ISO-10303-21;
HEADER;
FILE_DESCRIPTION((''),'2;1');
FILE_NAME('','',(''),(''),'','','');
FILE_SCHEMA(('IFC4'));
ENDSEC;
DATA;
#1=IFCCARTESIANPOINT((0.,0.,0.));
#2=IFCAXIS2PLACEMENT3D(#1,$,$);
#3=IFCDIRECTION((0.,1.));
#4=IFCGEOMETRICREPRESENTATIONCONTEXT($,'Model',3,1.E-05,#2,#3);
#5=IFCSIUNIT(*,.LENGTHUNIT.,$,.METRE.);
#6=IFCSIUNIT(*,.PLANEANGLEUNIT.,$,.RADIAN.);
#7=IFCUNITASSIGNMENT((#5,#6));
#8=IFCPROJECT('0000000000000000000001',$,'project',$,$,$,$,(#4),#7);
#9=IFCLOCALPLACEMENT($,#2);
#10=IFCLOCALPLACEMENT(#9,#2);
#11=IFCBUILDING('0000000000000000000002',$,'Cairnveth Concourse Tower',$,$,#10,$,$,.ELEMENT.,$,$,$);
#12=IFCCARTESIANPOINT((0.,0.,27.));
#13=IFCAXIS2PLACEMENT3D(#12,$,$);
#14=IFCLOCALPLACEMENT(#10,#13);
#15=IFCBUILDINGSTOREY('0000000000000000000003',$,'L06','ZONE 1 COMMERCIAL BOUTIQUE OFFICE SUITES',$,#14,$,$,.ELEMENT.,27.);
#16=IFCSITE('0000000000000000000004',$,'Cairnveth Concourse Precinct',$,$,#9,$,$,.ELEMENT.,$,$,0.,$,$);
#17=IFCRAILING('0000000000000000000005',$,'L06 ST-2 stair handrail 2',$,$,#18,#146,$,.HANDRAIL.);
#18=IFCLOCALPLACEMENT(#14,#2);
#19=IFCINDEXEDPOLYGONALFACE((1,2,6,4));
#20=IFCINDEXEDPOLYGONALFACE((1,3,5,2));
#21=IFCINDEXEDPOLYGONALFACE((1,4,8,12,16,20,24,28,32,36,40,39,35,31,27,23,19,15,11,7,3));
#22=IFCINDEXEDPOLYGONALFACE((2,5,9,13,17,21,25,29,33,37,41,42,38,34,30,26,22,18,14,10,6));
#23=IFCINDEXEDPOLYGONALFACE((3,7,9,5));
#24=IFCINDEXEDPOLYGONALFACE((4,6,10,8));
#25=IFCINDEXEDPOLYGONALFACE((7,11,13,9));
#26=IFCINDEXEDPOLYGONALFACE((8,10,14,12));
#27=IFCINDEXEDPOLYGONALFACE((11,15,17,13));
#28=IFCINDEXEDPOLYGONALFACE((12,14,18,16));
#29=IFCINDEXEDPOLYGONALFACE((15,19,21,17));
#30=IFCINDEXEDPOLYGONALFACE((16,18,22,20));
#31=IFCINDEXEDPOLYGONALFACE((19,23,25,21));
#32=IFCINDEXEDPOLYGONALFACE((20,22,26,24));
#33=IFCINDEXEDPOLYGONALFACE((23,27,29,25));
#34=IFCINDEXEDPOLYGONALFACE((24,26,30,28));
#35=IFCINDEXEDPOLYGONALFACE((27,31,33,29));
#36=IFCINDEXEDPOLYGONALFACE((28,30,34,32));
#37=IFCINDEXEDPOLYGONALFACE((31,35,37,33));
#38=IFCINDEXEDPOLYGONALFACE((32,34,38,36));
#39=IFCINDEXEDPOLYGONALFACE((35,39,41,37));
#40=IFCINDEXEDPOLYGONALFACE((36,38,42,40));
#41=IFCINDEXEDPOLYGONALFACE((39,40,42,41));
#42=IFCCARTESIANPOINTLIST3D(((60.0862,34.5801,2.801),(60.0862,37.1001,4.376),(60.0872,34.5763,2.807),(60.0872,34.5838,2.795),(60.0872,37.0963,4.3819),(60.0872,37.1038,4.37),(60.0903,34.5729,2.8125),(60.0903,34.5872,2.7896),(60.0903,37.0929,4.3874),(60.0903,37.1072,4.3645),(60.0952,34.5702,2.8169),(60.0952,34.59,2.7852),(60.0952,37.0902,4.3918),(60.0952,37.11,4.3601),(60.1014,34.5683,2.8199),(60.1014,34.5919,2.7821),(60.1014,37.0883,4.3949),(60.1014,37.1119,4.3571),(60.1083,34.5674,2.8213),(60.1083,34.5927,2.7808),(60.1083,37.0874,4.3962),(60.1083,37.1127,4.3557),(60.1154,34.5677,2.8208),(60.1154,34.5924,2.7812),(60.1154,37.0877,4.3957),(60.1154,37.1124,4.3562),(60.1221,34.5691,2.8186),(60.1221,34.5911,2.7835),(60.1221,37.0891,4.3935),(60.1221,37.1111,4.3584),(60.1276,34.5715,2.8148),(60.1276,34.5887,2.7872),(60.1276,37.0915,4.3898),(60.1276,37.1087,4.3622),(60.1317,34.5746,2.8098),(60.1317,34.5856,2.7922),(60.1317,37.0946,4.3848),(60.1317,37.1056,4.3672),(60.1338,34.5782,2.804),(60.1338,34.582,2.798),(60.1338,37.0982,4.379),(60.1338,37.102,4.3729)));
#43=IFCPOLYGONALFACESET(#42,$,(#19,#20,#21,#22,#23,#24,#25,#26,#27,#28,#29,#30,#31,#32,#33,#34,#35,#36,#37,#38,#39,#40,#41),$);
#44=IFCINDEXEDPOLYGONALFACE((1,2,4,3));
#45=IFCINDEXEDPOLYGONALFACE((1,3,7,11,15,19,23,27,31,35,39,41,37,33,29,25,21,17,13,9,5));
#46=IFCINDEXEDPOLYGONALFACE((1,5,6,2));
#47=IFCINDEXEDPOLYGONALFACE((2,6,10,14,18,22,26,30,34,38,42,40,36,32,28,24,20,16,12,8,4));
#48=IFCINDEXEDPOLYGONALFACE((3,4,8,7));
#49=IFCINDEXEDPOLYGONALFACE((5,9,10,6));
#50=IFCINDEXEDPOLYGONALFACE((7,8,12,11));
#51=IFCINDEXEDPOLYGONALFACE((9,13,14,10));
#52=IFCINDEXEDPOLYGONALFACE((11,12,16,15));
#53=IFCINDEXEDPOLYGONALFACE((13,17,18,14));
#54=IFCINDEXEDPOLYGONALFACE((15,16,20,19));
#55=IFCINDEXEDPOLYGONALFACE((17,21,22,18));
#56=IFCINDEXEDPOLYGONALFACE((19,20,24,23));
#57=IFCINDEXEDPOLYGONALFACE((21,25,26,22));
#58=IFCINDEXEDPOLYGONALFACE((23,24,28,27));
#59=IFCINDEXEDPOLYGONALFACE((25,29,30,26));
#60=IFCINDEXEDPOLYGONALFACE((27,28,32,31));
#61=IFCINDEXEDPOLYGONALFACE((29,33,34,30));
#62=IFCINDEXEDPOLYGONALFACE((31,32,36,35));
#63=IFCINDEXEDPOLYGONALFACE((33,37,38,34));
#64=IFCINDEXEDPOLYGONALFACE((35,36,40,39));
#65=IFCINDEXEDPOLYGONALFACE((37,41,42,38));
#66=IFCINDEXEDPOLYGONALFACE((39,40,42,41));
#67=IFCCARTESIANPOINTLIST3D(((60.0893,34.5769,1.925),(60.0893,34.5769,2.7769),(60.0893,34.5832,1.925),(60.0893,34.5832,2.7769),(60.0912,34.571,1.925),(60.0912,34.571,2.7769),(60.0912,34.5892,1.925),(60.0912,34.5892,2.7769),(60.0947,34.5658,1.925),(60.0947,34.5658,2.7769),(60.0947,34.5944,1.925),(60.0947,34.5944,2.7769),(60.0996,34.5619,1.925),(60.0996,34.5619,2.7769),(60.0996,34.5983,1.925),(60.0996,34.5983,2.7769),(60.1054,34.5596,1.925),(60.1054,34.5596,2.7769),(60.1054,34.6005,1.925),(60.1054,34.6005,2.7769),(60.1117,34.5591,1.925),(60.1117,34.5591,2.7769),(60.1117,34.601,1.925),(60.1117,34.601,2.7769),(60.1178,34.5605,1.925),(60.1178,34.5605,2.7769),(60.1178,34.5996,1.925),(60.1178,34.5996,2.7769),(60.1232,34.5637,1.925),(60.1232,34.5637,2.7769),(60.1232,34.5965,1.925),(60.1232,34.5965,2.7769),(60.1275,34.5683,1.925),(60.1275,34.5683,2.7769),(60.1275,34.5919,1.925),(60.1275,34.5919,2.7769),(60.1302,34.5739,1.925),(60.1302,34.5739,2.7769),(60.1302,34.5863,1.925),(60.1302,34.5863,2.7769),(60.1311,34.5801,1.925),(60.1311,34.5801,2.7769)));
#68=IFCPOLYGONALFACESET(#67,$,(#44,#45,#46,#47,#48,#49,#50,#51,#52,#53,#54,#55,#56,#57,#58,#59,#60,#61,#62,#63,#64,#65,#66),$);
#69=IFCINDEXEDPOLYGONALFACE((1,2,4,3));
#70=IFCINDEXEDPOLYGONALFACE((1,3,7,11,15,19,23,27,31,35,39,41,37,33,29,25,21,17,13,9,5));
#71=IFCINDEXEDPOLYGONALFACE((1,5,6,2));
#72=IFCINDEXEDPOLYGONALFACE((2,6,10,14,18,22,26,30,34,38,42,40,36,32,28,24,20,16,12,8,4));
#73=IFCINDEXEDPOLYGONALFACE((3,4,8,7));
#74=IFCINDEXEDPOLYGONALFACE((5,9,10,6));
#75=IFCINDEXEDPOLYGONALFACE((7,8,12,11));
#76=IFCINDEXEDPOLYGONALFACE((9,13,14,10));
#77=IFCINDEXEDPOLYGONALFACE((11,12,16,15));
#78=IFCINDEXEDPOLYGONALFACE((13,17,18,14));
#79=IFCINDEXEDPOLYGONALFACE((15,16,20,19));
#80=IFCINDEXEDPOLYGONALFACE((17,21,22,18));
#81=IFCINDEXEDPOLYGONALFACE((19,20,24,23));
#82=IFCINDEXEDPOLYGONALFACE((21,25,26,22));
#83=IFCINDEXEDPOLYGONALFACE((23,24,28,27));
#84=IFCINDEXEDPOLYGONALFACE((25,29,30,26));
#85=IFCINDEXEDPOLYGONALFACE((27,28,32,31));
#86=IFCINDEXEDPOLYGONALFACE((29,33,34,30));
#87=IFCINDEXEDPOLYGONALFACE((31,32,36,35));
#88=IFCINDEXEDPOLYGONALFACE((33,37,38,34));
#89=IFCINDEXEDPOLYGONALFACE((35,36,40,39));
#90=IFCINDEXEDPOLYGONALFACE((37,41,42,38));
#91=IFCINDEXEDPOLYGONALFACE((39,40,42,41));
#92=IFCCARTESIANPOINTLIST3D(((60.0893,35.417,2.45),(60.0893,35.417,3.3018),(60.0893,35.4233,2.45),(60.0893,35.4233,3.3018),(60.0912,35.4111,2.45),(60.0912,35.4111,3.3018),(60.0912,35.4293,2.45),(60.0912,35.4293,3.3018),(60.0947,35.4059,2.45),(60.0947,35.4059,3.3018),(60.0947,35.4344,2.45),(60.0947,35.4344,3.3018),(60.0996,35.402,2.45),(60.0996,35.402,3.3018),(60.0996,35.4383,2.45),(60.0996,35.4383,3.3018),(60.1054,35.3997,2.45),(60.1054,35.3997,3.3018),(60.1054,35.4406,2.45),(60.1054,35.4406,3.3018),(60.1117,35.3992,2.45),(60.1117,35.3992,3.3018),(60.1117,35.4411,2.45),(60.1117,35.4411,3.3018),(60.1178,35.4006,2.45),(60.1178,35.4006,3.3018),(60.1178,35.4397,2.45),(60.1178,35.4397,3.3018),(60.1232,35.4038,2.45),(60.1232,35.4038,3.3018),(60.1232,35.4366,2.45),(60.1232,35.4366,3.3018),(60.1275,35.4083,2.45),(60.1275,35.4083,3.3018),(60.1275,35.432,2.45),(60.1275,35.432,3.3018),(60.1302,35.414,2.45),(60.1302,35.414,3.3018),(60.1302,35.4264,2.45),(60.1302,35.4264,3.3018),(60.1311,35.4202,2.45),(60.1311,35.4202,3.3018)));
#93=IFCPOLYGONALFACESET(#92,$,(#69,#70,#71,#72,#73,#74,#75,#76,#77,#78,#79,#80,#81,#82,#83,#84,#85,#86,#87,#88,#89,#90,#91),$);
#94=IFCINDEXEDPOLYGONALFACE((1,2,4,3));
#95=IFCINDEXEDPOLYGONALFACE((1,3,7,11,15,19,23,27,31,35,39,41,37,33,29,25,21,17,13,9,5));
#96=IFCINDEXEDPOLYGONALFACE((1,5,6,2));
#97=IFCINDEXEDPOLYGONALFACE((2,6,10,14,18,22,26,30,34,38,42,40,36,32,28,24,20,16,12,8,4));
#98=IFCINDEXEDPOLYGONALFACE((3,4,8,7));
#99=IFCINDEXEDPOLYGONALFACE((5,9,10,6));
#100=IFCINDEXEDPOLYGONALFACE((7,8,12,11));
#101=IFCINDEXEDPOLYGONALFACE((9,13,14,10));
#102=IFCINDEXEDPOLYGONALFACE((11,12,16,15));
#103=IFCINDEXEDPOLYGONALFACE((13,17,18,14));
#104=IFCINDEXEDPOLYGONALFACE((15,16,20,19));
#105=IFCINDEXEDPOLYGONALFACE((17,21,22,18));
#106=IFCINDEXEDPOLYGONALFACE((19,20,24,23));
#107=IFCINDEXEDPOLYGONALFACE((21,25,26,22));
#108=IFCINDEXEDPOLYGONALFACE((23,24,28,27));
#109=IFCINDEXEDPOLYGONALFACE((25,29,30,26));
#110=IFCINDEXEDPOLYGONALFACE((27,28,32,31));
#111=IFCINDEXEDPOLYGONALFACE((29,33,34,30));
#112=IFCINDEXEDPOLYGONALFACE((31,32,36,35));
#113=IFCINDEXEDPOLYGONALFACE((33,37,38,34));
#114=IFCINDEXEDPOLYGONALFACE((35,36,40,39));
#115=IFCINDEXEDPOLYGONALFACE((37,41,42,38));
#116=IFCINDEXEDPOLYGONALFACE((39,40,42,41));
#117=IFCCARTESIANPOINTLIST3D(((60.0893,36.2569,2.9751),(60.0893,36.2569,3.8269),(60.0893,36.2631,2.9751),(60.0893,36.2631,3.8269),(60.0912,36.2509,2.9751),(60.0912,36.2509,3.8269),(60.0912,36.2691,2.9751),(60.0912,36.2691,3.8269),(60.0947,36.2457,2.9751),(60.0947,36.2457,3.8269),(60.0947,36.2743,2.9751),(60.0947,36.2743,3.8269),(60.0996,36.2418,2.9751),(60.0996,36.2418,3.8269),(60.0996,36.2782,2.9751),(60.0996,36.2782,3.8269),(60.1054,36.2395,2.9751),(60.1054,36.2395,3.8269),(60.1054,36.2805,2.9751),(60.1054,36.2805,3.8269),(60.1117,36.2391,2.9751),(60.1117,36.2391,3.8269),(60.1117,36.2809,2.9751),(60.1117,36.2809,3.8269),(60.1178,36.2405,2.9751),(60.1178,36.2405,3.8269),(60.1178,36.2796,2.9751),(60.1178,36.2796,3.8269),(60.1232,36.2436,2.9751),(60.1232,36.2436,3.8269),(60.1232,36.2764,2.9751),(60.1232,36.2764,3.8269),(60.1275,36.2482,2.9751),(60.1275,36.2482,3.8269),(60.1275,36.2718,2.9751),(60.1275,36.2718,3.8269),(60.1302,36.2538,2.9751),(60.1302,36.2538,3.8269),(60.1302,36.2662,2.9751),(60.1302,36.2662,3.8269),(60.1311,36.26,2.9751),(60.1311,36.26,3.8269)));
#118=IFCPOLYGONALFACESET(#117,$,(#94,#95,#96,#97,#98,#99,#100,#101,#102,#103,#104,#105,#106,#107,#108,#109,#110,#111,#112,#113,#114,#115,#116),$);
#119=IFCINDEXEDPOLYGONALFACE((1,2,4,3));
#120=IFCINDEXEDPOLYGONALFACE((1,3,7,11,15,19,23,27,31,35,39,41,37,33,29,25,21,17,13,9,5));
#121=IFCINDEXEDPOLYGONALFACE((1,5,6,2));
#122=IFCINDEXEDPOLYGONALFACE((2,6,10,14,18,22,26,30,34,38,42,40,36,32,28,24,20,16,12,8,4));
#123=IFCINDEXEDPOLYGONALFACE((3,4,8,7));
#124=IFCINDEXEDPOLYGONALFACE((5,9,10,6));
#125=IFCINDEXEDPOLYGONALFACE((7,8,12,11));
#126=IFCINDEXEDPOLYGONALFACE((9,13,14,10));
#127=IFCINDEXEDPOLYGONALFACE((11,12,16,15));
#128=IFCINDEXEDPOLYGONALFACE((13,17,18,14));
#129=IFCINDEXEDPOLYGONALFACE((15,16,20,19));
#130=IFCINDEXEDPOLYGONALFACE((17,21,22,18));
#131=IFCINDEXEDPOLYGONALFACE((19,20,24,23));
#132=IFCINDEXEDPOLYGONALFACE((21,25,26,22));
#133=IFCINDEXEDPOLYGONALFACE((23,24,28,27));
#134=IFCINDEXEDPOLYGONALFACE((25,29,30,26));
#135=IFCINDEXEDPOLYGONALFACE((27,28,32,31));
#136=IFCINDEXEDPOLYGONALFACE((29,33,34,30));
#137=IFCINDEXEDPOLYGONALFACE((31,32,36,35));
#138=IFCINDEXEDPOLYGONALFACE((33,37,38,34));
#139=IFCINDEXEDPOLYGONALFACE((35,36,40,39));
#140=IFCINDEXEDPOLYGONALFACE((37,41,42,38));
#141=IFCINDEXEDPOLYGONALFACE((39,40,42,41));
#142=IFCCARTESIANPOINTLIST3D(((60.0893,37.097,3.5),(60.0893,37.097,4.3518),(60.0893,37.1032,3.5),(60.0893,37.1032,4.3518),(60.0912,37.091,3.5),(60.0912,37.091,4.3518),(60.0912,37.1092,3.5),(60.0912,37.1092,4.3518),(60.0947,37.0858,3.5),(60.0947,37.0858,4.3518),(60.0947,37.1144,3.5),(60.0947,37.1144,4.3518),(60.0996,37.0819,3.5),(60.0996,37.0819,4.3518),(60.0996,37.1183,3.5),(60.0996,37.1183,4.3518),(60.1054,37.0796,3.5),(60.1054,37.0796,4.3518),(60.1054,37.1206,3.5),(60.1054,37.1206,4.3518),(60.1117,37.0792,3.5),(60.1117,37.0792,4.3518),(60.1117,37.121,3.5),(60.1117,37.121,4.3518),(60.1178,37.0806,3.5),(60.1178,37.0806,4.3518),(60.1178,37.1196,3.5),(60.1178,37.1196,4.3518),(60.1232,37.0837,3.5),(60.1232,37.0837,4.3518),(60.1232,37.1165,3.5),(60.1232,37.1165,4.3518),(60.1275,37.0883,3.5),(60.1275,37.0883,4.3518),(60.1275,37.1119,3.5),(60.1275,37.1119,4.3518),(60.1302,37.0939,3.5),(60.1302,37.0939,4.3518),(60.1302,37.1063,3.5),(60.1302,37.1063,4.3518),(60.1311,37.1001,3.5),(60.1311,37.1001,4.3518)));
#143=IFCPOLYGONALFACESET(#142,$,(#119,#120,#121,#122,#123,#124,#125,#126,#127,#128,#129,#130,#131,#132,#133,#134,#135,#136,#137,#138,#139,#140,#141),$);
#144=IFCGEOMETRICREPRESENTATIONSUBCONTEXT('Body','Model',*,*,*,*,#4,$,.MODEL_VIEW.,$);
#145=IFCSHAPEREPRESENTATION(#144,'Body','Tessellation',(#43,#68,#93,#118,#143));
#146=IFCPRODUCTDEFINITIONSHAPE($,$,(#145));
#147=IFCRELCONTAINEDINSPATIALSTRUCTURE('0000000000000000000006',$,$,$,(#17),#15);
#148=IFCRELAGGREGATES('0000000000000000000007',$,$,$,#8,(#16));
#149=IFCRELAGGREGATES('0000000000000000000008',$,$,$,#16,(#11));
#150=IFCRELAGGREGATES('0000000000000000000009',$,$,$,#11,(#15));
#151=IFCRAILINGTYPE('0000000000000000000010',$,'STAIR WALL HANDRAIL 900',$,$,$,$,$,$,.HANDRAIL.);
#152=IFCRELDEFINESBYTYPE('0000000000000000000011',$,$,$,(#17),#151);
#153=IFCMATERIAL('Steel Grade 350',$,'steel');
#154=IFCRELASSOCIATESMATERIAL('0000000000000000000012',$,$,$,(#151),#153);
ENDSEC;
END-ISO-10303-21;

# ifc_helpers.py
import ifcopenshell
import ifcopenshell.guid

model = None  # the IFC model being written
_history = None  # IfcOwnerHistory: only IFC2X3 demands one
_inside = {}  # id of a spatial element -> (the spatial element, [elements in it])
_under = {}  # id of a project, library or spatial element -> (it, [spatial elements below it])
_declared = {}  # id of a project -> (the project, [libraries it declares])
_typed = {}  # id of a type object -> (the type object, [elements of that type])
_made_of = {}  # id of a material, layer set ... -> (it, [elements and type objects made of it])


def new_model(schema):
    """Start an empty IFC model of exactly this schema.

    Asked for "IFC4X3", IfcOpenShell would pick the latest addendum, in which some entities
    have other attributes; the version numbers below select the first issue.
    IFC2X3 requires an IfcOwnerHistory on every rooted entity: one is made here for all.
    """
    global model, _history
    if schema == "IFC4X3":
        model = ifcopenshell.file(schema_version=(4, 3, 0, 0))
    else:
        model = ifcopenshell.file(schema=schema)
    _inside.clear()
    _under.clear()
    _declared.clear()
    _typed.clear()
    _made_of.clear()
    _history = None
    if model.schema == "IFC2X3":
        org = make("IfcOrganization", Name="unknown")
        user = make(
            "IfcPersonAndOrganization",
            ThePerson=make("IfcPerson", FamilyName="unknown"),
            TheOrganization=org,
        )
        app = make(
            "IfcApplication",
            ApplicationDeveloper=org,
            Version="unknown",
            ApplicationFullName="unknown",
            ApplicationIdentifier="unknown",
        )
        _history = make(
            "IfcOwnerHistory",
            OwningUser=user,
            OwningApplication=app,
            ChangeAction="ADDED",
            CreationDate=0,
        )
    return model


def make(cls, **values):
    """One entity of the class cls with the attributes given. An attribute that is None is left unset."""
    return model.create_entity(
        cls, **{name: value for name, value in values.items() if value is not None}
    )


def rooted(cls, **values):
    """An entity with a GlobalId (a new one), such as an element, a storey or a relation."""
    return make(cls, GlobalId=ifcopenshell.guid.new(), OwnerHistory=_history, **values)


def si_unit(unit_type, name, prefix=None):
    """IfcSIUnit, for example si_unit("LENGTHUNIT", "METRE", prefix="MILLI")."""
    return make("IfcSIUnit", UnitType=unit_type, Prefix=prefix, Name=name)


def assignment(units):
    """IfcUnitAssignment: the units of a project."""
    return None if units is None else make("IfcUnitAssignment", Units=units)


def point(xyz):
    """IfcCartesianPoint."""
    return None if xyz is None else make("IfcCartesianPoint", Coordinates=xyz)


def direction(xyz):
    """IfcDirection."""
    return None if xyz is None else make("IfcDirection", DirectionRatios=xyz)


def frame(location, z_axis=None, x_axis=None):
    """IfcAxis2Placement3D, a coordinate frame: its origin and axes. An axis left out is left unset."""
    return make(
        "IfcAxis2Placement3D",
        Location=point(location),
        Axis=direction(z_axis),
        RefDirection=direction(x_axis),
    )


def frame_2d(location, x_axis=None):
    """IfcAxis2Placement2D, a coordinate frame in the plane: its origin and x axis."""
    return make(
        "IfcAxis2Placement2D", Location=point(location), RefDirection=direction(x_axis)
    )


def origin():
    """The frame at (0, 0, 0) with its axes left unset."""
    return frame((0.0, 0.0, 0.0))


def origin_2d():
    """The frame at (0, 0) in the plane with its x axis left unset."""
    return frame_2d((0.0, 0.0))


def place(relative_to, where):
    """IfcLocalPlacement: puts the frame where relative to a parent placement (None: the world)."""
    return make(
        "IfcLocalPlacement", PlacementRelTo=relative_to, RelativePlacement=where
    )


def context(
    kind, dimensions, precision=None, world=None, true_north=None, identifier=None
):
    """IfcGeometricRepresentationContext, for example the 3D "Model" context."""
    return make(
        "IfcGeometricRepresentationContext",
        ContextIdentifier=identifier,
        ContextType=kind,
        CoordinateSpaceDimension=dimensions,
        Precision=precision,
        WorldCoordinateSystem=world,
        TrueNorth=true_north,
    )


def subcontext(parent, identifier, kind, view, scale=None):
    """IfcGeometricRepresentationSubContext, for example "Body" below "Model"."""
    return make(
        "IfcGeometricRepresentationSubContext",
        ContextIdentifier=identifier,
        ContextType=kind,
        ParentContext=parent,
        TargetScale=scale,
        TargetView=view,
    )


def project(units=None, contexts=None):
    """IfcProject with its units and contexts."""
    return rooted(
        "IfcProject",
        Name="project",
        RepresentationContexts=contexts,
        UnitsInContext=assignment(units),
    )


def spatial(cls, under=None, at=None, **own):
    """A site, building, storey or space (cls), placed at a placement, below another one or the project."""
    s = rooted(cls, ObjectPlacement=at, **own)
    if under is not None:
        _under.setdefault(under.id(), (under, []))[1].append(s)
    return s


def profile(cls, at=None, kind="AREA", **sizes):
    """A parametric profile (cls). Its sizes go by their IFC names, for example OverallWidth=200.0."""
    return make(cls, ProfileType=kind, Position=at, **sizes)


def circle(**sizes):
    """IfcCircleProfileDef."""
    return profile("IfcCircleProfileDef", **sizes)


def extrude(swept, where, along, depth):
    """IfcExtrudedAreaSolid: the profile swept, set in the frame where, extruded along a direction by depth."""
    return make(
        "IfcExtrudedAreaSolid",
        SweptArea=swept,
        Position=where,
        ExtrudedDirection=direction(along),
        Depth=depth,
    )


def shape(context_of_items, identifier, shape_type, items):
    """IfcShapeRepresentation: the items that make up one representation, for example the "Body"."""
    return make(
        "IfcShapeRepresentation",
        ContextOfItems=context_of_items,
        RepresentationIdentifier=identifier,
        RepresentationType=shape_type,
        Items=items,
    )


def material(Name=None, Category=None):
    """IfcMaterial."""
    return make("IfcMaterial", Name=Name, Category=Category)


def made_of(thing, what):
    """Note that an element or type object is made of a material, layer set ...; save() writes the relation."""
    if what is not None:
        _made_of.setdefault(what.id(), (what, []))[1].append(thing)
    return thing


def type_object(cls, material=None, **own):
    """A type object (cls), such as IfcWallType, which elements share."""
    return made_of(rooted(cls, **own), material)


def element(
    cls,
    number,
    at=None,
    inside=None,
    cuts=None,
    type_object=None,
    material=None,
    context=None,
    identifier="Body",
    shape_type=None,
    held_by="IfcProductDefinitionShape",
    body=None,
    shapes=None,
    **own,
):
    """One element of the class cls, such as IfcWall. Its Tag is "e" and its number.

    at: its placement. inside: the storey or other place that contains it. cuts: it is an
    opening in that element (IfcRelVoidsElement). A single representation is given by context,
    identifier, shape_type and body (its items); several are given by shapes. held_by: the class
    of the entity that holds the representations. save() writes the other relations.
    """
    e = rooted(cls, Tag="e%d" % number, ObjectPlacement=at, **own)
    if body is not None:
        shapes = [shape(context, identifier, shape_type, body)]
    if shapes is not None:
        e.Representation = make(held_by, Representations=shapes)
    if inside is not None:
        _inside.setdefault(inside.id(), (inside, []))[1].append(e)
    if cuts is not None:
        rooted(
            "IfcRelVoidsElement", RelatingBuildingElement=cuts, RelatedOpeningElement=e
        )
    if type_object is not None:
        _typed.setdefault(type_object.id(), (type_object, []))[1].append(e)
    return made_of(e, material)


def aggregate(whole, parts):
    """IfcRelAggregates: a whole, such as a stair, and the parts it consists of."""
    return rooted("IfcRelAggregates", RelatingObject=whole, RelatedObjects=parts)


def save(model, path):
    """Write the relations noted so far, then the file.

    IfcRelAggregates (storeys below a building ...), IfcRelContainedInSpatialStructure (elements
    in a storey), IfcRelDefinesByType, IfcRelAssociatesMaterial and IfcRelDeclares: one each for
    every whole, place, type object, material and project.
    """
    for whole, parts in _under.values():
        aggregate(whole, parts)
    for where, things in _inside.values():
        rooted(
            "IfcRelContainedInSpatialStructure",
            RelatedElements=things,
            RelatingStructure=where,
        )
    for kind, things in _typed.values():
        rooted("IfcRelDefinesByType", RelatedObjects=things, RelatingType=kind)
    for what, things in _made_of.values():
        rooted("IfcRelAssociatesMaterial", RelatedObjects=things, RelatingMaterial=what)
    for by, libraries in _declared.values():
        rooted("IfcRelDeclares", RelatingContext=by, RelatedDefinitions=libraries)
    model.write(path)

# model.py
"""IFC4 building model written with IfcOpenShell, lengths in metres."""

from ifc_helpers import new_model, si_unit, direction, frame, origin, origin_2d, place, context, subcontext, project, spatial, circle, extrude, material, type_object, element, save


model = new_model("IFC4")

# Units and contexts
model_context = context("Model", 3, precision=1e-05, world=origin(), true_north=direction((0.0, 1.0)))
body_context = subcontext(model_context, "Body", "Model", "MODEL_VIEW")
ifc_project = project(units=[si_unit("LENGTHUNIT", "METRE"), si_unit("PLANEANGLEUNIT", "RADIAN")], contexts=[model_context])

# Site, building, storey
site_placement = place(None, origin())
site = spatial("IfcSite", under=ifc_project, at=site_placement, Name="Cairnveth Concourse Precinct", CompositionType="ELEMENT", RefElevation=0.0)
building_placement = place(site_placement, origin())
building = spatial("IfcBuilding", under=site, at=building_placement, Name="Cairnveth Concourse Tower", CompositionType="ELEMENT")
storey_placement = place(building_placement, frame((0.0, 0.0, 27.0)))
storey = spatial("IfcBuildingStorey", under=building, at=storey_placement, Name="L06", Description="ZONE 1 COMMERCIAL BOUTIQUE OFFICE SUITES", CompositionType="ELEMENT", Elevation=27.0)

# Shared definitions
ifc_material_1 = material(Name="Steel Grade 350", Category="steel")

# Railing
railing_type_1 = type_object("IfcRailingType", Name="STAIR WALL HANDRAIL 900", PredefinedType="HANDRAIL", material=ifc_material_1)
railing_1_placement = place(storey_placement, frame((60.1101, 34.5801, 1.925)))
element("IfcRailing", 1, at=railing_1_placement, inside=storey, type_object=railing_type_1, Name="L06 ST-2 stair handrail 2", PredefinedType="HANDRAIL", context=body_context, shape_type="SweptSolid", body=[
    extrude(circle(Radius=0.0239, at=origin_2d()), frame((0.0, 0.0, 0.876), z_axis=(0.0, 0.848008, 0.529984), x_axis=(-1.0, 0.0, 0.0)), (0.0, 0.0, 1.0), 2.9717),
    extrude(circle(Radius=0.021, at=origin_2d()), origin(), (0.0, 0.0, 1.0), 0.8518),
    extrude(circle(Radius=0.021, at=origin_2d()), frame((0.0, 0.8401, 0.5249)), (0.0, 0.0, 1.0), 0.8518),
    extrude(circle(Radius=0.021, at=origin_2d()), frame((0.0, 1.6799, 1.05)), (0.0, 0.0, 1.0), 0.8518),
    extrude(circle(Radius=0.021, at=origin_2d()), frame((0.0, 2.52, 1.575)), (0.0, 0.0, 1.0), 0.8518),
])

save(model, "model.ifc")
